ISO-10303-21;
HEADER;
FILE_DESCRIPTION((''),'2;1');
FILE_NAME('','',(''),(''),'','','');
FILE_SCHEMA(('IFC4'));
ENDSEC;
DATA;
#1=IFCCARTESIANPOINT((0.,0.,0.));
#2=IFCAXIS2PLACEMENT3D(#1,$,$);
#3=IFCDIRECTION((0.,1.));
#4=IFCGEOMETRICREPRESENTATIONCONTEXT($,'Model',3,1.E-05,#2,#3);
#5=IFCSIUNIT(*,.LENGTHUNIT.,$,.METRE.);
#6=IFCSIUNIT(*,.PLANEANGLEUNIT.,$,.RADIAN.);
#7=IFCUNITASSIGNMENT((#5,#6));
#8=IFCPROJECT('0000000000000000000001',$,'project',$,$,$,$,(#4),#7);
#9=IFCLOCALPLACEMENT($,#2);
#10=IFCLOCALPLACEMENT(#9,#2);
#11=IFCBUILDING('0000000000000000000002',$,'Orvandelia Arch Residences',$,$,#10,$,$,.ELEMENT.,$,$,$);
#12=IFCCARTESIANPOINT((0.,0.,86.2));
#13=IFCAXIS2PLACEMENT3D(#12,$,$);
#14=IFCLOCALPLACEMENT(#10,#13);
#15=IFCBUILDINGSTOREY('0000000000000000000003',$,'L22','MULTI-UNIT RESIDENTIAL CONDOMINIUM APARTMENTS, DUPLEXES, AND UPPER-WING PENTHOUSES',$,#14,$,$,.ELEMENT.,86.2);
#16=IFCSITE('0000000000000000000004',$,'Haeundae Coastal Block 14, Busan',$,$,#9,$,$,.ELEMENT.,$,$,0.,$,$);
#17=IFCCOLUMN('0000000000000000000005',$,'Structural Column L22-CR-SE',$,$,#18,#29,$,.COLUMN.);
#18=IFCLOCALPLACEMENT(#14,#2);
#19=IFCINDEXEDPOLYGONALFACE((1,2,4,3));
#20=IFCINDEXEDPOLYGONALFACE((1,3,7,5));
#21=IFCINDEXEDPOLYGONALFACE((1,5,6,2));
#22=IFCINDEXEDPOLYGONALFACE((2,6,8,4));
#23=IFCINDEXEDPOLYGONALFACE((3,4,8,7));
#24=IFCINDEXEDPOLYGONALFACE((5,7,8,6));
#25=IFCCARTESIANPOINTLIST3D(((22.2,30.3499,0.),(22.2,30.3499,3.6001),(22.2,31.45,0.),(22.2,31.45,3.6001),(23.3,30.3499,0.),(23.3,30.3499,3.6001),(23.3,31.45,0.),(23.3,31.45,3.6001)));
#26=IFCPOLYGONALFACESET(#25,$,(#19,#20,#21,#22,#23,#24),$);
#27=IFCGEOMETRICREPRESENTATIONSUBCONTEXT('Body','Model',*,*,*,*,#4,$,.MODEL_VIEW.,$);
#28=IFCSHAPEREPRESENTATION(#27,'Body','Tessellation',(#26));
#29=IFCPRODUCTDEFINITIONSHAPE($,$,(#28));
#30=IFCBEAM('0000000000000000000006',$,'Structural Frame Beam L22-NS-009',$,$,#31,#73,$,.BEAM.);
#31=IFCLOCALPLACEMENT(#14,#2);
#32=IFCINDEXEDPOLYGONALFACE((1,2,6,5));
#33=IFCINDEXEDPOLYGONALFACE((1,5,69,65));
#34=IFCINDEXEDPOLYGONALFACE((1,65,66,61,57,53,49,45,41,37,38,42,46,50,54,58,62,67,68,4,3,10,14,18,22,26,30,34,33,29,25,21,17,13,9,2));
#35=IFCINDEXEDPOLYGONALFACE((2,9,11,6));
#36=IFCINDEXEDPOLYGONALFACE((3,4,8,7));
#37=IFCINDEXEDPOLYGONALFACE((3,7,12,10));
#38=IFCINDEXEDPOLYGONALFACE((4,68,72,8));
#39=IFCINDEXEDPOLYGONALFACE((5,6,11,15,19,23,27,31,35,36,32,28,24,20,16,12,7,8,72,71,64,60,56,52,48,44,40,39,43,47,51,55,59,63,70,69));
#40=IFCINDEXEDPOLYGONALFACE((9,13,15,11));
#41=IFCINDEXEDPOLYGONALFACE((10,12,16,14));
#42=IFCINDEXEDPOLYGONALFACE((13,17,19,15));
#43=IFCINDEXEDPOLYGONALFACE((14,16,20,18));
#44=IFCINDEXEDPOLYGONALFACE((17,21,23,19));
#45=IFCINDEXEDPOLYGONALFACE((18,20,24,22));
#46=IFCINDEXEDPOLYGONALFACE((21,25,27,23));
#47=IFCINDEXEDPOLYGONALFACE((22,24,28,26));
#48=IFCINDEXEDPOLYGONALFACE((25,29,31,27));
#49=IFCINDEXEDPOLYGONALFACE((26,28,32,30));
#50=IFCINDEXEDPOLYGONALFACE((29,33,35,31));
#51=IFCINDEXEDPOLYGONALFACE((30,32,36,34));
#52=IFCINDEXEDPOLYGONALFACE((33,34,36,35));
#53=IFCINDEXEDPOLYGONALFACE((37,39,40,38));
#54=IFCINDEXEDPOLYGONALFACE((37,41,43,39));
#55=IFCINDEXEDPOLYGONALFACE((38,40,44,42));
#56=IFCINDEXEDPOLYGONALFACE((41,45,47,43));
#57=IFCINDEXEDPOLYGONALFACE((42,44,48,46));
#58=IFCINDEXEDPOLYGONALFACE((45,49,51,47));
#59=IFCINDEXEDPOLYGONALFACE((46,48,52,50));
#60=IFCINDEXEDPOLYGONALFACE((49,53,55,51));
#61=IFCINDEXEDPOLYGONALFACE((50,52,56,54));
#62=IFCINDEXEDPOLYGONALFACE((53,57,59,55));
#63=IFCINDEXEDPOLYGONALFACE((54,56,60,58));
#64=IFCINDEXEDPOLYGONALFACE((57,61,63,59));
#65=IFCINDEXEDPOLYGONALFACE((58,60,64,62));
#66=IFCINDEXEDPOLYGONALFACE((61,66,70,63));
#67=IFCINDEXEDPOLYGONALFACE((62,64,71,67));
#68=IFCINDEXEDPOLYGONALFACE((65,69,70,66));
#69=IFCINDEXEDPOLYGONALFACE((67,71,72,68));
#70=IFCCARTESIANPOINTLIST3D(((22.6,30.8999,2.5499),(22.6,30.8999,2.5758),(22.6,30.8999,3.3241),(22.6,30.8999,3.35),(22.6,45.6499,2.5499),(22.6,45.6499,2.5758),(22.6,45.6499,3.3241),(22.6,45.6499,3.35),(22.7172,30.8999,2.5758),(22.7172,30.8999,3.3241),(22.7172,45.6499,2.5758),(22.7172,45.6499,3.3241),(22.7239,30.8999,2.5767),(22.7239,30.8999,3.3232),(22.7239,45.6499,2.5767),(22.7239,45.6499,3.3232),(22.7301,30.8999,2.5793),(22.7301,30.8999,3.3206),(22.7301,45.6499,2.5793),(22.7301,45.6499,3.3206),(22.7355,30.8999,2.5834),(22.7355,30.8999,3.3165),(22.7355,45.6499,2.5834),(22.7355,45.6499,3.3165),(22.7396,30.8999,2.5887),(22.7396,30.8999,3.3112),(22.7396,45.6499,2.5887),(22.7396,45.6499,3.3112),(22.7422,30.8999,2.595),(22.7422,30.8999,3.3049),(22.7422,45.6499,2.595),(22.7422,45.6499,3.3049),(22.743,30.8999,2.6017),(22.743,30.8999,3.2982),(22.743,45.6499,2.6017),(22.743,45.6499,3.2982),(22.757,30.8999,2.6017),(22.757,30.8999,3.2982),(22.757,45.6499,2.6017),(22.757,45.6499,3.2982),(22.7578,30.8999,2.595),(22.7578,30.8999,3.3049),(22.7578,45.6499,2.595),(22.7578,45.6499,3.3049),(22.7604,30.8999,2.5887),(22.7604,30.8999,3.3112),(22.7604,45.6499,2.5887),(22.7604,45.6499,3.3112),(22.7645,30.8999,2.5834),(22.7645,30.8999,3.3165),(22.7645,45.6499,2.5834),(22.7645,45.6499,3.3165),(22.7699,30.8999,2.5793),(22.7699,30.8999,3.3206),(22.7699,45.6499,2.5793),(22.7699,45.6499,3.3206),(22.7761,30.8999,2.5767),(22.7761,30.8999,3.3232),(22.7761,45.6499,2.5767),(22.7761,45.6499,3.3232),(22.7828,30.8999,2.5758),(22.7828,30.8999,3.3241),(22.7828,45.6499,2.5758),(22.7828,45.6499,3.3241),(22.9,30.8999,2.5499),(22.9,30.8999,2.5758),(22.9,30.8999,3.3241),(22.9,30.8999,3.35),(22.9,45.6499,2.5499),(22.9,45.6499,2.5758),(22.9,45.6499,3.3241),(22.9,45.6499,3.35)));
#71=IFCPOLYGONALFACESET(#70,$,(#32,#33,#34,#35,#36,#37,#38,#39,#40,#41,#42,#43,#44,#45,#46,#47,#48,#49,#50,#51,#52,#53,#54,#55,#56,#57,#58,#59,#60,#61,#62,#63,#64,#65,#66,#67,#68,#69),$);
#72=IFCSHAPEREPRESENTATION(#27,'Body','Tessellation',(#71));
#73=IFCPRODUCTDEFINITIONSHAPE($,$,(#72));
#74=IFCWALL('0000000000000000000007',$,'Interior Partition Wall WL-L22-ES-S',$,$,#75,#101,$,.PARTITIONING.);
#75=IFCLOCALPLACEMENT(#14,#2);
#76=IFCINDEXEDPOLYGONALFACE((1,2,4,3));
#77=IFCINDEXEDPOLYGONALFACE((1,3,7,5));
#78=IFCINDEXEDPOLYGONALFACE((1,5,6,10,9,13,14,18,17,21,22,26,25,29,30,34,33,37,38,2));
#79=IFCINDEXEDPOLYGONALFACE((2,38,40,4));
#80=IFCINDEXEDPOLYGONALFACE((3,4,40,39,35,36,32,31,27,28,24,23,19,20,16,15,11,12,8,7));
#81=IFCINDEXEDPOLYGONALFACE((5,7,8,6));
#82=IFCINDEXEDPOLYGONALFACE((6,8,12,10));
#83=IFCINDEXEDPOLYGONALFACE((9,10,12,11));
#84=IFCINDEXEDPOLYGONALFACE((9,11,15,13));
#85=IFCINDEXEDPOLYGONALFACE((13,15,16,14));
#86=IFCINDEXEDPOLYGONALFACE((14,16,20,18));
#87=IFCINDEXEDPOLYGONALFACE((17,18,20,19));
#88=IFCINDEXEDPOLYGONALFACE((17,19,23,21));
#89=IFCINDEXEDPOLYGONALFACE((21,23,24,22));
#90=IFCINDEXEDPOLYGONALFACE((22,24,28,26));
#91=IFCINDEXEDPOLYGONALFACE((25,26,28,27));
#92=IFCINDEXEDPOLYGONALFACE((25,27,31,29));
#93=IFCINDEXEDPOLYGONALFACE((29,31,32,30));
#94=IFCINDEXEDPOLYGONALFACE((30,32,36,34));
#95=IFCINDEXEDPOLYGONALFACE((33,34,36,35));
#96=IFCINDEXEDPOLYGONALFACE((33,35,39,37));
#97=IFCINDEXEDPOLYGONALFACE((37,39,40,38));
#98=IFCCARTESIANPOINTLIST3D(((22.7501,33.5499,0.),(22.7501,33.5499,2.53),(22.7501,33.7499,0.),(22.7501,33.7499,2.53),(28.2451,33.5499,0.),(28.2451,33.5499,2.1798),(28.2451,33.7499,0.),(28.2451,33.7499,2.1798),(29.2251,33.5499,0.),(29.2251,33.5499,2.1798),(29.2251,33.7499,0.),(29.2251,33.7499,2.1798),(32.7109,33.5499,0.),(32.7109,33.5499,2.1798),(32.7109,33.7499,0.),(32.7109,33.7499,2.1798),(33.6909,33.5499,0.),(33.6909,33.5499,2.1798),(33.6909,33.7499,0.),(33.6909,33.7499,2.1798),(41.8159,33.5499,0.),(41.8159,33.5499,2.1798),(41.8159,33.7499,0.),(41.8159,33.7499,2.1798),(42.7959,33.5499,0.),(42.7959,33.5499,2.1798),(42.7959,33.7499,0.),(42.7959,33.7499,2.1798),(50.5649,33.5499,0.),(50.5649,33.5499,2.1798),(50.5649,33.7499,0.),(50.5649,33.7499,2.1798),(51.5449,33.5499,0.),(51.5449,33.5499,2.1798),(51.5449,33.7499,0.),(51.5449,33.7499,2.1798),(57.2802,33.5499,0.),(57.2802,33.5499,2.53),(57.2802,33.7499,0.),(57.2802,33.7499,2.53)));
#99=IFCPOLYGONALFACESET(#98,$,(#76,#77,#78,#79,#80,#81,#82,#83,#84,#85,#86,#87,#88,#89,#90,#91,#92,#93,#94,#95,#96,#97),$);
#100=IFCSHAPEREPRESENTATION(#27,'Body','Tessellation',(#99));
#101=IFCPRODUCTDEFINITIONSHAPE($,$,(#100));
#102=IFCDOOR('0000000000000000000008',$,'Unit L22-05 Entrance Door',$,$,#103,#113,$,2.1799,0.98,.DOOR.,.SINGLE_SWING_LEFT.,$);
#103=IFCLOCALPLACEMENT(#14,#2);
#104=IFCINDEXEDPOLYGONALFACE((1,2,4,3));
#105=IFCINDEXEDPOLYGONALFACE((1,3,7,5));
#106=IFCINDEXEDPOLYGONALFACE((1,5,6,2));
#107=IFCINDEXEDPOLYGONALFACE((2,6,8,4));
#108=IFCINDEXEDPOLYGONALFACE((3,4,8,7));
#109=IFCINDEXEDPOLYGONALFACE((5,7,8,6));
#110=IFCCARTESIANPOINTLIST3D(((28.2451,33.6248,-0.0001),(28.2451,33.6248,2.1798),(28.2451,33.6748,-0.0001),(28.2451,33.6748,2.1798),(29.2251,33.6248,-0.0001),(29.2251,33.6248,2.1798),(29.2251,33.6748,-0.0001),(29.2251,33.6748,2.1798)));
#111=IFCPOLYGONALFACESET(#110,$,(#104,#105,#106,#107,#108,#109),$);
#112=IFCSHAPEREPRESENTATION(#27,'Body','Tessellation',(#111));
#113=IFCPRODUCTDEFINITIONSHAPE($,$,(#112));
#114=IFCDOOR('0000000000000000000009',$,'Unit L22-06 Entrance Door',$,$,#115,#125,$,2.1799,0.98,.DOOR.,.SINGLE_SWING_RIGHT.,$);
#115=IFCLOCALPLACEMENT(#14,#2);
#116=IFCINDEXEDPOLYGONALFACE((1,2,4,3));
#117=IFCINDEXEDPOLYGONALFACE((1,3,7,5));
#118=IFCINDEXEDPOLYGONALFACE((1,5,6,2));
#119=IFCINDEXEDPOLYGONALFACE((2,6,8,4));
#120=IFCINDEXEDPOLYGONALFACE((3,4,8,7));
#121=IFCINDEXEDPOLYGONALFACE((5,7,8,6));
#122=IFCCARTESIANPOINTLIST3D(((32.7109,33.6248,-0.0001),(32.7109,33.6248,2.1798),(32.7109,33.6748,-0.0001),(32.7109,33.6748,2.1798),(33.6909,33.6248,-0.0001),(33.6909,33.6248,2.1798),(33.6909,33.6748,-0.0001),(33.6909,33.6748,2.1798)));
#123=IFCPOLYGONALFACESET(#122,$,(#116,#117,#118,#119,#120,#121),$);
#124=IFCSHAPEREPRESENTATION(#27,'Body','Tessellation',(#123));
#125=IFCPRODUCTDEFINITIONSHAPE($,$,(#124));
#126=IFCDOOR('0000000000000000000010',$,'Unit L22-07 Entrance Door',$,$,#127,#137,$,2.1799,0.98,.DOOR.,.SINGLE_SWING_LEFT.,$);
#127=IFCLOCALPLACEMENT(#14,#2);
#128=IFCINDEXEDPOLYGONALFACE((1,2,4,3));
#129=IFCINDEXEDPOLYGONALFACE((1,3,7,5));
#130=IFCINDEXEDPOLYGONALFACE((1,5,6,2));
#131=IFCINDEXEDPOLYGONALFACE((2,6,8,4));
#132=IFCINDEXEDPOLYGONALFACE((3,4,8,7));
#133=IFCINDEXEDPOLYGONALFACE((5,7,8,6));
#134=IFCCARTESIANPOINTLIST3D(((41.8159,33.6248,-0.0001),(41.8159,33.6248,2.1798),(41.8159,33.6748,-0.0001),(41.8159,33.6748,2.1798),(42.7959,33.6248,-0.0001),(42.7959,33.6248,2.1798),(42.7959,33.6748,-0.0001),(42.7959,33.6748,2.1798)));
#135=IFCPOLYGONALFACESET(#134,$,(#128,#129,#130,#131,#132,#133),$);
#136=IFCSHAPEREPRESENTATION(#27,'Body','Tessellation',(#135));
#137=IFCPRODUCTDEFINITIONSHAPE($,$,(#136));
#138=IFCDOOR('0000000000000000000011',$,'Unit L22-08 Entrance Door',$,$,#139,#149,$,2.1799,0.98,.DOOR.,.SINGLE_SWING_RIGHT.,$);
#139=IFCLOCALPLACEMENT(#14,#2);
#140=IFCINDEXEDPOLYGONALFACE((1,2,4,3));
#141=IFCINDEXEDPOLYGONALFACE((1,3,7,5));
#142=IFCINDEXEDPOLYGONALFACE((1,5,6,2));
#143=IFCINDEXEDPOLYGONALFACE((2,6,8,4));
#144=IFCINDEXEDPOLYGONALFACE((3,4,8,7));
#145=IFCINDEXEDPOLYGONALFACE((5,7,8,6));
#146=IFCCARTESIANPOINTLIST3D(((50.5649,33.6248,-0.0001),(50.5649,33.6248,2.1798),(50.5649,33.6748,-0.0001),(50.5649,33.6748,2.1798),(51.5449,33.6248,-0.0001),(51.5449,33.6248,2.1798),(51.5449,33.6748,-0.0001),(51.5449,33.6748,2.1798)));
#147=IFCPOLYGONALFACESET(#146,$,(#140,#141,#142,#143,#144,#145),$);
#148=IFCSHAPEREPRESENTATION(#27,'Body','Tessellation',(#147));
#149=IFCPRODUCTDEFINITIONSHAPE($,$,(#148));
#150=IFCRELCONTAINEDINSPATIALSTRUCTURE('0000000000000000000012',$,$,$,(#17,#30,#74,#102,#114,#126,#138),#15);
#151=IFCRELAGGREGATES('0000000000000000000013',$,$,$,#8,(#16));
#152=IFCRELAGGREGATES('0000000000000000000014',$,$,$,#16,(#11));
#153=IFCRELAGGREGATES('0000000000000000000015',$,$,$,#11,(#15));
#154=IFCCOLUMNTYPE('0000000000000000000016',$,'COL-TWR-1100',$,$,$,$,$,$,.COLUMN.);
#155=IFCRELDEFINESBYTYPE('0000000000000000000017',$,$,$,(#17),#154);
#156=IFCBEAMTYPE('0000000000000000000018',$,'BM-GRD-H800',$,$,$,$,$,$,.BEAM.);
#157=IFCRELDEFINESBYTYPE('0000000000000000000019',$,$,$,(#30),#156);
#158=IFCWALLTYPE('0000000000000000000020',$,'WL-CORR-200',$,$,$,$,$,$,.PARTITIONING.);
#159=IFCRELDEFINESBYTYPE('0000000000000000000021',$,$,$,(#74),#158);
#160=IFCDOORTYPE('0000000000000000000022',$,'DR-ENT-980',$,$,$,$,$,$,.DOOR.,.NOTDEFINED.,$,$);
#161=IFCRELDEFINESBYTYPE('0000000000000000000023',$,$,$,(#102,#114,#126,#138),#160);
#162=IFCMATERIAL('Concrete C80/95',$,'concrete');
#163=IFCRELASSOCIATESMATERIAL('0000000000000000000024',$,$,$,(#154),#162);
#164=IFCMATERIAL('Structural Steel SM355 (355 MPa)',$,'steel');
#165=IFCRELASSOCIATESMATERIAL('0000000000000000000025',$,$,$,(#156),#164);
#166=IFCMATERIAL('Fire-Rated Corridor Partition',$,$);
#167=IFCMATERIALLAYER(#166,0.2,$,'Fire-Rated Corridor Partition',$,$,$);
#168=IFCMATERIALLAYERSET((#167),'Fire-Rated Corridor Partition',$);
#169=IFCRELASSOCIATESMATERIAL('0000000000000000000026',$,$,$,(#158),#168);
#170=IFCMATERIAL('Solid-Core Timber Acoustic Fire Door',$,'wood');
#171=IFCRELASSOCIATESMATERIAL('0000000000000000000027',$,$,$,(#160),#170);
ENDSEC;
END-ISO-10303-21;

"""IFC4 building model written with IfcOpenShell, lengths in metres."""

from ifc_helpers import new_model, si_unit, direction, frame, frame_2d, origin, origin_2d, place, context, subcontext, project, spatial, rectangle, i_section, extrude, material, layer, layer_set, material_profile, profile_set, type_object, element, fill, save


model = new_model("IFC4")

# Units and contexts
model_context = context("Model", 3, precision=1e-05, world=origin(), true_north=direction((0.0, 1.0)))
body_context = subcontext(model_context, "Body", "Model", "MODEL_VIEW")
ifc_project = project(units=[si_unit("LENGTHUNIT", "METRE"), si_unit("PLANEANGLEUNIT", "RADIAN")], contexts=[model_context])

# Site, building, storey
site_placement = place(None, origin())
site = spatial("IfcSite", under=ifc_project, at=site_placement, Name="Haeundae Coastal Block 14, Busan", CompositionType="ELEMENT", RefElevation=0.0)
building_placement = place(site_placement, origin())
building = spatial("IfcBuilding", under=site, at=building_placement, Name="Orvandelia Arch Residences", CompositionType="ELEMENT")
storey_placement = place(building_placement, frame((0.0, 0.0, 86.2)))
storey = spatial("IfcBuildingStorey", under=building, at=storey_placement, Name="L22", Description="MULTI-UNIT RESIDENTIAL CONDOMINIUM APARTMENTS, DUPLEXES, AND UPPER-WING PENTHOUSES", CompositionType="ELEMENT", Elevation=86.2)

# Column
ifc_material_1 = material(Name="Concrete C80/95", Category="concrete")
ifc_material_profile_1 = material_profile(ifc_material_1, rectangle(XDim=1.1001, YDim=1.1001, at=origin_2d()), Name="Concrete C80/95", Category="concrete")
ifc_profile_set_1 = profile_set([ifc_material_profile_1], Name="Concrete C80/95")
column_type = type_object("IfcColumnType", Name="COL-TWR-1100", PredefinedType="COLUMN", material=ifc_profile_set_1)
column_placement = place(storey_placement, frame((22.75, 30.8999, 0.0), z_axis=(0.0, 0.0, 1.0), x_axis=(1.0, 0.0, 0.0)))
element("IfcColumn", 1, at=column_placement, inside=storey, type_object=column_type, Name="Structural Column L22-CR-SE", PredefinedType="COLUMN", context=body_context, shape_type="SweptSolid", body=[
    extrude(rectangle(XDim=1.1001, YDim=1.1001, at=origin_2d()), origin(), (0.0, 0.0, 1.0), 3.6001),
])

# Beam
ifc_material_2 = material(Name="Structural Steel SM355 (355 MPa)", Category="steel")
ifc_material_profile_2 = material_profile(ifc_material_2, i_section(OverallWidth=0.3, OverallDepth=0.8, WebThickness=0.0139, FlangeThickness=0.0259, FilletRadius=0.0259, at=origin_2d()), Name="Structural Steel SM355 (355 MPa)", Category="steel")
ifc_profile_set_2 = profile_set([ifc_material_profile_2], Name="Structural Steel SM355 (355 MPa)")
beam_type = type_object("IfcBeamType", Name="BM-GRD-H800", PredefinedType="BEAM", material=ifc_profile_set_2)
beam_placement = place(storey_placement, frame((22.75, 30.8999, 2.95), z_axis=(0.0, 1.0, 0.0), x_axis=(-1.0, 0.0, 0.0)))
element("IfcBeam", 2, at=beam_placement, inside=storey, type_object=beam_type, Name="Structural Frame Beam L22-NS-009", PredefinedType="BEAM", context=body_context, shape_type="SweptSolid", body=[
    extrude(i_section(OverallWidth=0.3, OverallDepth=0.8, WebThickness=0.0139, FlangeThickness=0.0259, FilletRadius=0.0259, at=origin_2d()), origin(), (0.0, 0.0, 1.0), 14.75),
])

# Wall, openings, doors
ifc_material_3 = material(Name="Fire-Rated Corridor Partition")
ifc_layer_1 = layer(ifc_material_3, 0.2, Name="Fire-Rated Corridor Partition")
ifc_layer_set_1 = layer_set([ifc_layer_1], Name="Fire-Rated Corridor Partition")
wall_type_1 = type_object("IfcWallType", Name="WL-CORR-200", PredefinedType="PARTITIONING", material=ifc_layer_set_1)
wall_1_placement = place(storey_placement, frame((22.75, 33.6499, 0.0), z_axis=(0.0, 0.0, 1.0), x_axis=(1.0, 0.0, 0.0)))
wall_1 = element("IfcWall", 3, at=wall_1_placement, inside=storey, type_object=wall_type_1, Name="Interior Partition Wall WL-L22-ES-S", PredefinedType="PARTITIONING", context=body_context, shape_type="SweptSolid", body=[
    extrude(rectangle(XDim=34.53, YDim=0.2, at=frame_2d((17.2651, 0.0))), origin(), (0.0, 0.0, 1.0), 2.53),
])
opening_1_placement = place(wall_1_placement, frame((5.4951, 0.0, 0.0)))
opening_1 = element("IfcOpeningElement", 4, at=opening_1_placement, cuts=wall_1, PredefinedType="OPENING", context=body_context, shape_type="SweptSolid", body=[
    extrude(rectangle(XDim=0.98, YDim=2.1799, at=frame_2d((0.49, 1.0898))), frame((0.0, 0.1099, 0.0), z_axis=(0.0, -1.0, 0.0), x_axis=(1.0, 0.0, 0.0)), (0.0, 0.0, 1.0), 0.22),
])
opening_2_placement = place(wall_1_placement, frame((9.9609, 0.0, 0.0)))
opening_2 = element("IfcOpeningElement", 5, at=opening_2_placement, cuts=wall_1, PredefinedType="OPENING", context=body_context, shape_type="SweptSolid", body=[
    extrude(rectangle(XDim=0.98, YDim=2.1799, at=frame_2d((0.49, 1.0898))), frame((0.0, 0.1099, 0.0), z_axis=(0.0, -1.0, 0.0), x_axis=(1.0, 0.0, 0.0)), (0.0, 0.0, 1.0), 0.22),
])
opening_3_placement = place(wall_1_placement, frame((19.0659, 0.0, 0.0)))
opening_3 = element("IfcOpeningElement", 6, at=opening_3_placement, cuts=wall_1, PredefinedType="OPENING", context=body_context, shape_type="SweptSolid", body=[
    extrude(rectangle(XDim=0.98, YDim=2.1799, at=frame_2d((0.49, 1.0898))), frame((0.0, 0.1099, 0.0), z_axis=(0.0, -1.0, 0.0), x_axis=(1.0, 0.0, 0.0)), (0.0, 0.0, 1.0), 0.22),
])
opening_4_placement = place(wall_1_placement, frame((27.8149, 0.0, 0.0)))
opening_4 = element("IfcOpeningElement", 7, at=opening_4_placement, cuts=wall_1, PredefinedType="OPENING", context=body_context, shape_type="SweptSolid", body=[
    extrude(rectangle(XDim=0.98, YDim=2.1799, at=frame_2d((0.49, 1.0898))), frame((0.0, 0.1099, 0.0), z_axis=(0.0, -1.0, 0.0), x_axis=(1.0, 0.0, 0.0)), (0.0, 0.0, 1.0), 0.22),
])
ifc_material_4 = material(Name="Solid-Core Timber Acoustic Fire Door", Category="wood")
door_type_1 = type_object("IfcDoorType", Name="DR-ENT-980", OperationType="NOTDEFINED", PredefinedType="DOOR", material=ifc_material_4)
door_1_placement = place(opening_1_placement, origin())
door_1 = element("IfcDoor", 8, at=door_1_placement, inside=storey, type_object=door_type_1, Name="Unit L22-05 Entrance Door", OperationType="SINGLE_SWING_LEFT", OverallHeight=2.1799, OverallWidth=0.98, PredefinedType="DOOR", context=body_context, shape_type="SweptSolid", body=[
    extrude(rectangle(XDim=0.98, YDim=2.1799, at=frame_2d((0.49, 1.0898))), frame((0.0, 0.0249, 0.0), z_axis=(0.0, -1.0, 0.0), x_axis=(1.0, 0.0, 0.0)), (0.0, 0.0, 1.0), 0.05),
])
fill(opening_1, door_1)
door_2_placement = place(opening_2_placement, origin())
door_2 = element("IfcDoor", 9, at=door_2_placement, inside=storey, type_object=door_type_1, Name="Unit L22-06 Entrance Door", OperationType="SINGLE_SWING_RIGHT", OverallHeight=2.1799, OverallWidth=0.98, PredefinedType="DOOR", context=body_context, shape_type="SweptSolid", body=[
    extrude(rectangle(XDim=0.98, YDim=2.1799, at=frame_2d((0.49, 1.0898))), frame((0.0, 0.0249, 0.0), z_axis=(0.0, -1.0, 0.0), x_axis=(1.0, 0.0, 0.0)), (0.0, 0.0, 1.0), 0.05),
])
fill(opening_2, door_2)
door_3_placement = place(opening_3_placement, origin())
door_3 = element("IfcDoor", 10, at=door_3_placement, inside=storey, type_object=door_type_1, Name="Unit L22-07 Entrance Door", OperationType="SINGLE_SWING_LEFT", OverallHeight=2.1799, OverallWidth=0.98, PredefinedType="DOOR", context=body_context, shape_type="SweptSolid", body=[
    extrude(rectangle(XDim=0.98, YDim=2.1799, at=frame_2d((0.49, 1.0898))), frame((0.0, 0.0249, 0.0), z_axis=(0.0, -1.0, 0.0), x_axis=(1.0, 0.0, 0.0)), (0.0, 0.0, 1.0), 0.05),
])
fill(opening_3, door_3)
door_4_placement = place(opening_4_placement, origin())
door_4 = element("IfcDoor", 11, at=door_4_placement, inside=storey, type_object=door_type_1, Name="Unit L22-08 Entrance Door", OperationType="SINGLE_SWING_RIGHT", OverallHeight=2.1799, OverallWidth=0.98, PredefinedType="DOOR", context=body_context, shape_type="SweptSolid", body=[
    extrude(rectangle(XDim=0.98, YDim=2.1799, at=frame_2d((0.49, 1.0898))), frame((0.0, 0.0249, 0.0), z_axis=(0.0, -1.0, 0.0), x_axis=(1.0, 0.0, 0.0)), (0.0, 0.0, 1.0), 0.05),
])
fill(opening_4, door_4)

save(model, "model.ifc")
